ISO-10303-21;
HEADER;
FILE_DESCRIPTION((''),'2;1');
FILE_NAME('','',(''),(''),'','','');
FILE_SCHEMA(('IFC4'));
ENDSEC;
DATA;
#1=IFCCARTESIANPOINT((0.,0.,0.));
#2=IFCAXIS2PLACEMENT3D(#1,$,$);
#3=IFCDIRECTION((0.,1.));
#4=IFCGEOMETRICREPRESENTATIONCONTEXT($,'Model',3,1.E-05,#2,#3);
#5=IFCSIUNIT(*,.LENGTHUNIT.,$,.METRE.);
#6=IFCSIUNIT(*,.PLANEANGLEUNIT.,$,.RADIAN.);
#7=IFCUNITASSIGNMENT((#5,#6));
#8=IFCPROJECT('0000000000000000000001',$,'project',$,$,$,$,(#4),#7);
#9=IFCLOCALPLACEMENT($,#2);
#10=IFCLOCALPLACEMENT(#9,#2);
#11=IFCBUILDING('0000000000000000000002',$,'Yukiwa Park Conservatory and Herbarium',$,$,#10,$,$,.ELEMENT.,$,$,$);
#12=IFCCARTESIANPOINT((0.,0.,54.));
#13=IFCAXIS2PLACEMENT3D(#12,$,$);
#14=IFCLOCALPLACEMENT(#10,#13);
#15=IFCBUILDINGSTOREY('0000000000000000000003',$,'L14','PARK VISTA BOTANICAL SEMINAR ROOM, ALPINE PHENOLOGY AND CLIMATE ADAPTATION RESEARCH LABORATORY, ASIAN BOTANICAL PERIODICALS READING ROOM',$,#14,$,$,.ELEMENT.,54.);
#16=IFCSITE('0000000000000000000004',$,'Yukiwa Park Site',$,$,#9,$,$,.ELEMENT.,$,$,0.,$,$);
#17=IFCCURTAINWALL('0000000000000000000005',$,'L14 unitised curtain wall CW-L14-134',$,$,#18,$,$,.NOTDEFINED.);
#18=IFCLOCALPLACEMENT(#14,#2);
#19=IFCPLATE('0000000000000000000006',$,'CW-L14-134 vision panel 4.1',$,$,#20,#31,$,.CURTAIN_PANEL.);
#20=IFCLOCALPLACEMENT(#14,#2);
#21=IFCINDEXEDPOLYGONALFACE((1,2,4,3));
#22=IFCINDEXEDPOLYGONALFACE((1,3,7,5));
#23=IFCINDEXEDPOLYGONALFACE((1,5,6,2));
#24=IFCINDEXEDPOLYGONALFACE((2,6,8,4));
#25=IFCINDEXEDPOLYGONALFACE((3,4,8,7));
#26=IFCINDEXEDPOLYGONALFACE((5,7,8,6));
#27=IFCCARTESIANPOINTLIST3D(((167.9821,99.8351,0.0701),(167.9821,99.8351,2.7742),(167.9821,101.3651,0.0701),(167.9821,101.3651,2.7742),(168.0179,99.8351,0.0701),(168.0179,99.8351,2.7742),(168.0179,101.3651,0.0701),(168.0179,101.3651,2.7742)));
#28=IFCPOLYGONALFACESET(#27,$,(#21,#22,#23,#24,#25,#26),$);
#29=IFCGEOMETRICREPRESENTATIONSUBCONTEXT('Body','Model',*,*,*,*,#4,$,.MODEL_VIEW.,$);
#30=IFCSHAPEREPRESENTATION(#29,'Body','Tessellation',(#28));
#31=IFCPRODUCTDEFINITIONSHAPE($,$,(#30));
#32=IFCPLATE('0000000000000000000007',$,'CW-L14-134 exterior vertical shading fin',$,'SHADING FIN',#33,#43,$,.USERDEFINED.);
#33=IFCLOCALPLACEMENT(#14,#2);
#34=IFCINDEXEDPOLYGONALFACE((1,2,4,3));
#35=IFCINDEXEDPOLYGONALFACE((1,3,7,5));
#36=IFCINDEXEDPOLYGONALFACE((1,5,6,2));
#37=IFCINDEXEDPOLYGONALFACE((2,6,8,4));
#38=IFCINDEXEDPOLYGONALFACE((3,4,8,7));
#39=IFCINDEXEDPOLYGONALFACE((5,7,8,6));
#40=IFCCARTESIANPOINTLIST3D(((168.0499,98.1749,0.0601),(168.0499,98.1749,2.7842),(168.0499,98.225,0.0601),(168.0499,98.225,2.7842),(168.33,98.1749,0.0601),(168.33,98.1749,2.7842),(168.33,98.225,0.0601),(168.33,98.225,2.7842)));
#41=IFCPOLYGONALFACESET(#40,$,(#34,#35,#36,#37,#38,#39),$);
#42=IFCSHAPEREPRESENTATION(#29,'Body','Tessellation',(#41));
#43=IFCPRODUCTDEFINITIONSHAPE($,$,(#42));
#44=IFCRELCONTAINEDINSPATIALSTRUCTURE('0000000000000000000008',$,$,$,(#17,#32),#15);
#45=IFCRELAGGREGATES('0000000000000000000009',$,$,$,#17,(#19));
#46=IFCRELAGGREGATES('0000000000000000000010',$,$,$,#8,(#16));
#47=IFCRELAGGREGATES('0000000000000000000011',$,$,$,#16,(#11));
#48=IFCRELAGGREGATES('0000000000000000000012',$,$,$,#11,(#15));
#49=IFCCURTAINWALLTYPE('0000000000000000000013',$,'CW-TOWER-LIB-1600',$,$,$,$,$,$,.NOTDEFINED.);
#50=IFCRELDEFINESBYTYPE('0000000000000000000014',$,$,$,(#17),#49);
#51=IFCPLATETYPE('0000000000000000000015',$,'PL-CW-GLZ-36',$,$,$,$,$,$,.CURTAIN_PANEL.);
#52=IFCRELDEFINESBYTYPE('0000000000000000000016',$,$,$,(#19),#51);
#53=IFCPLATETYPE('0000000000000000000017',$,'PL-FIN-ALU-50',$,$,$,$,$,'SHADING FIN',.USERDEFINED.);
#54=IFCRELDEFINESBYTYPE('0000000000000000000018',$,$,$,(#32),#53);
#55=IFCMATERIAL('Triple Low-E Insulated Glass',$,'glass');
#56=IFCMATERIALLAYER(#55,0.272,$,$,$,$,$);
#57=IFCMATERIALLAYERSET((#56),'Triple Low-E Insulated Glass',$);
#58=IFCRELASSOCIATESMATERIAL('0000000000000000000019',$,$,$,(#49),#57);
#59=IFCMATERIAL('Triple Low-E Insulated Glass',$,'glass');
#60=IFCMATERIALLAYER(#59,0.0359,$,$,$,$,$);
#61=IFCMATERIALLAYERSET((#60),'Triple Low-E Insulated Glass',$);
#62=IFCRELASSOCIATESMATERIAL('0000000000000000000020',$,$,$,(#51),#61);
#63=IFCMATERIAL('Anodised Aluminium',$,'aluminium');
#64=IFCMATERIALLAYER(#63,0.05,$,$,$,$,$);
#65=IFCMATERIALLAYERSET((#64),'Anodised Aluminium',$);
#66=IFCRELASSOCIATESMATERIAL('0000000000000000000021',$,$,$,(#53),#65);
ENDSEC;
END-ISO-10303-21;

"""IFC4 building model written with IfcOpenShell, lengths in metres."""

from ifc_helpers import new_model, si_unit, direction, frame, origin, origin_2d, place, context, subcontext, project, spatial, rectangle, extrude, material, layer, layer_set, type_object, element, aggregate, save


model = new_model("IFC4")

# Units and contexts
model_context = context("Model", 3, precision=1e-05, world=origin(), true_north=direction((0.0, 1.0)))
body_context = subcontext(model_context, "Body", "Model", "MODEL_VIEW")
ifc_project = project(units=[si_unit("LENGTHUNIT", "METRE"), si_unit("PLANEANGLEUNIT", "RADIAN")], contexts=[model_context])

# Site, building, storey
site_placement = place(None, origin())
site = spatial("IfcSite", under=ifc_project, at=site_placement, Name="Yukiwa Park Site", CompositionType="ELEMENT", RefElevation=0.0)
building_placement = place(site_placement, origin())
building = spatial("IfcBuilding", under=site, at=building_placement, Name="Yukiwa Park Conservatory and Herbarium", CompositionType="ELEMENT")
storey_placement = place(building_placement, frame((0.0, 0.0, 54.0)))
storey = spatial("IfcBuildingStorey", under=building, at=storey_placement, Name="L14", Description="PARK VISTA BOTANICAL SEMINAR ROOM, ALPINE PHENOLOGY AND CLIMATE ADAPTATION RESEARCH LABORATORY, ASIAN BOTANICAL PERIODICALS READING ROOM", CompositionType="ELEMENT", Elevation=54.0)

# Curtain wall, plate
ifc_material_1 = material(Name="Triple Low-E Insulated Glass", Category="glass")
ifc_layer_1 = layer(ifc_material_1, 0.272)
ifc_layer_set_1 = layer_set([ifc_layer_1], Name="Triple Low-E Insulated Glass")
curtain_wall_type = type_object("IfcCurtainWallType", Name="CW-TOWER-LIB-1600", PredefinedType="NOTDEFINED", material=ifc_layer_set_1)
curtain_wall_placement = place(storey_placement, origin())
curtain_wall = element("IfcCurtainWall", 1, at=curtain_wall_placement, inside=storey, type_object=curtain_wall_type, Name="L14 unitised curtain wall CW-L14-134", PredefinedType="NOTDEFINED")
ifc_material_2 = material(Name="Triple Low-E Insulated Glass", Category="glass")
ifc_layer_2 = layer(ifc_material_2, 0.0359)
ifc_layer_set_2 = layer_set([ifc_layer_2], Name="Triple Low-E Insulated Glass")
plate_type_1 = type_object("IfcPlateType", Name="PL-CW-GLZ-36", PredefinedType="CURTAIN_PANEL", material=ifc_layer_set_2)
plate_1_placement = place(storey_placement, frame((168.0, 100.6001, 0.0701), z_axis=(0.0, 0.0, 1.0), x_axis=(0.0, 1.0, 0.0)))
plate_1 = element("IfcPlate", 2, at=plate_1_placement, type_object=plate_type_1, Name="CW-L14-134 vision panel 4.1", PredefinedType="CURTAIN_PANEL", context=body_context, shape_type="SweptSolid", body=[
    extrude(rectangle(XDim=1.53, YDim=0.0359, at=origin_2d()), origin(), (0.0, 0.0, 1.0), 2.7041),
])
aggregate(curtain_wall, [plate_1])

# Plate
ifc_material_3 = material(Name="Anodised Aluminium", Category="aluminium")
ifc_layer_3 = layer(ifc_material_3, 0.05)
ifc_layer_set_3 = layer_set([ifc_layer_3], Name="Anodised Aluminium")
plate_type_2 = type_object("IfcPlateType", Name="PL-FIN-ALU-50", ElementType="SHADING FIN", PredefinedType="USERDEFINED", material=ifc_layer_set_3)
plate_2_placement = place(storey_placement, frame((168.1899, 98.2, 0.0601), z_axis=(0.0, 0.0, 1.0), x_axis=(0.0, 1.0, 0.0)))
element("IfcPlate", 3, at=plate_2_placement, inside=storey, type_object=plate_type_2, Name="CW-L14-134 exterior vertical shading fin", ObjectType="SHADING FIN", PredefinedType="USERDEFINED", context=body_context, shape_type="SweptSolid", body=[
    extrude(rectangle(XDim=0.05, YDim=0.28, at=origin_2d()), origin(), (0.0, 0.0, 1.0), 2.7241),
])

save(model, "model.ifc")
